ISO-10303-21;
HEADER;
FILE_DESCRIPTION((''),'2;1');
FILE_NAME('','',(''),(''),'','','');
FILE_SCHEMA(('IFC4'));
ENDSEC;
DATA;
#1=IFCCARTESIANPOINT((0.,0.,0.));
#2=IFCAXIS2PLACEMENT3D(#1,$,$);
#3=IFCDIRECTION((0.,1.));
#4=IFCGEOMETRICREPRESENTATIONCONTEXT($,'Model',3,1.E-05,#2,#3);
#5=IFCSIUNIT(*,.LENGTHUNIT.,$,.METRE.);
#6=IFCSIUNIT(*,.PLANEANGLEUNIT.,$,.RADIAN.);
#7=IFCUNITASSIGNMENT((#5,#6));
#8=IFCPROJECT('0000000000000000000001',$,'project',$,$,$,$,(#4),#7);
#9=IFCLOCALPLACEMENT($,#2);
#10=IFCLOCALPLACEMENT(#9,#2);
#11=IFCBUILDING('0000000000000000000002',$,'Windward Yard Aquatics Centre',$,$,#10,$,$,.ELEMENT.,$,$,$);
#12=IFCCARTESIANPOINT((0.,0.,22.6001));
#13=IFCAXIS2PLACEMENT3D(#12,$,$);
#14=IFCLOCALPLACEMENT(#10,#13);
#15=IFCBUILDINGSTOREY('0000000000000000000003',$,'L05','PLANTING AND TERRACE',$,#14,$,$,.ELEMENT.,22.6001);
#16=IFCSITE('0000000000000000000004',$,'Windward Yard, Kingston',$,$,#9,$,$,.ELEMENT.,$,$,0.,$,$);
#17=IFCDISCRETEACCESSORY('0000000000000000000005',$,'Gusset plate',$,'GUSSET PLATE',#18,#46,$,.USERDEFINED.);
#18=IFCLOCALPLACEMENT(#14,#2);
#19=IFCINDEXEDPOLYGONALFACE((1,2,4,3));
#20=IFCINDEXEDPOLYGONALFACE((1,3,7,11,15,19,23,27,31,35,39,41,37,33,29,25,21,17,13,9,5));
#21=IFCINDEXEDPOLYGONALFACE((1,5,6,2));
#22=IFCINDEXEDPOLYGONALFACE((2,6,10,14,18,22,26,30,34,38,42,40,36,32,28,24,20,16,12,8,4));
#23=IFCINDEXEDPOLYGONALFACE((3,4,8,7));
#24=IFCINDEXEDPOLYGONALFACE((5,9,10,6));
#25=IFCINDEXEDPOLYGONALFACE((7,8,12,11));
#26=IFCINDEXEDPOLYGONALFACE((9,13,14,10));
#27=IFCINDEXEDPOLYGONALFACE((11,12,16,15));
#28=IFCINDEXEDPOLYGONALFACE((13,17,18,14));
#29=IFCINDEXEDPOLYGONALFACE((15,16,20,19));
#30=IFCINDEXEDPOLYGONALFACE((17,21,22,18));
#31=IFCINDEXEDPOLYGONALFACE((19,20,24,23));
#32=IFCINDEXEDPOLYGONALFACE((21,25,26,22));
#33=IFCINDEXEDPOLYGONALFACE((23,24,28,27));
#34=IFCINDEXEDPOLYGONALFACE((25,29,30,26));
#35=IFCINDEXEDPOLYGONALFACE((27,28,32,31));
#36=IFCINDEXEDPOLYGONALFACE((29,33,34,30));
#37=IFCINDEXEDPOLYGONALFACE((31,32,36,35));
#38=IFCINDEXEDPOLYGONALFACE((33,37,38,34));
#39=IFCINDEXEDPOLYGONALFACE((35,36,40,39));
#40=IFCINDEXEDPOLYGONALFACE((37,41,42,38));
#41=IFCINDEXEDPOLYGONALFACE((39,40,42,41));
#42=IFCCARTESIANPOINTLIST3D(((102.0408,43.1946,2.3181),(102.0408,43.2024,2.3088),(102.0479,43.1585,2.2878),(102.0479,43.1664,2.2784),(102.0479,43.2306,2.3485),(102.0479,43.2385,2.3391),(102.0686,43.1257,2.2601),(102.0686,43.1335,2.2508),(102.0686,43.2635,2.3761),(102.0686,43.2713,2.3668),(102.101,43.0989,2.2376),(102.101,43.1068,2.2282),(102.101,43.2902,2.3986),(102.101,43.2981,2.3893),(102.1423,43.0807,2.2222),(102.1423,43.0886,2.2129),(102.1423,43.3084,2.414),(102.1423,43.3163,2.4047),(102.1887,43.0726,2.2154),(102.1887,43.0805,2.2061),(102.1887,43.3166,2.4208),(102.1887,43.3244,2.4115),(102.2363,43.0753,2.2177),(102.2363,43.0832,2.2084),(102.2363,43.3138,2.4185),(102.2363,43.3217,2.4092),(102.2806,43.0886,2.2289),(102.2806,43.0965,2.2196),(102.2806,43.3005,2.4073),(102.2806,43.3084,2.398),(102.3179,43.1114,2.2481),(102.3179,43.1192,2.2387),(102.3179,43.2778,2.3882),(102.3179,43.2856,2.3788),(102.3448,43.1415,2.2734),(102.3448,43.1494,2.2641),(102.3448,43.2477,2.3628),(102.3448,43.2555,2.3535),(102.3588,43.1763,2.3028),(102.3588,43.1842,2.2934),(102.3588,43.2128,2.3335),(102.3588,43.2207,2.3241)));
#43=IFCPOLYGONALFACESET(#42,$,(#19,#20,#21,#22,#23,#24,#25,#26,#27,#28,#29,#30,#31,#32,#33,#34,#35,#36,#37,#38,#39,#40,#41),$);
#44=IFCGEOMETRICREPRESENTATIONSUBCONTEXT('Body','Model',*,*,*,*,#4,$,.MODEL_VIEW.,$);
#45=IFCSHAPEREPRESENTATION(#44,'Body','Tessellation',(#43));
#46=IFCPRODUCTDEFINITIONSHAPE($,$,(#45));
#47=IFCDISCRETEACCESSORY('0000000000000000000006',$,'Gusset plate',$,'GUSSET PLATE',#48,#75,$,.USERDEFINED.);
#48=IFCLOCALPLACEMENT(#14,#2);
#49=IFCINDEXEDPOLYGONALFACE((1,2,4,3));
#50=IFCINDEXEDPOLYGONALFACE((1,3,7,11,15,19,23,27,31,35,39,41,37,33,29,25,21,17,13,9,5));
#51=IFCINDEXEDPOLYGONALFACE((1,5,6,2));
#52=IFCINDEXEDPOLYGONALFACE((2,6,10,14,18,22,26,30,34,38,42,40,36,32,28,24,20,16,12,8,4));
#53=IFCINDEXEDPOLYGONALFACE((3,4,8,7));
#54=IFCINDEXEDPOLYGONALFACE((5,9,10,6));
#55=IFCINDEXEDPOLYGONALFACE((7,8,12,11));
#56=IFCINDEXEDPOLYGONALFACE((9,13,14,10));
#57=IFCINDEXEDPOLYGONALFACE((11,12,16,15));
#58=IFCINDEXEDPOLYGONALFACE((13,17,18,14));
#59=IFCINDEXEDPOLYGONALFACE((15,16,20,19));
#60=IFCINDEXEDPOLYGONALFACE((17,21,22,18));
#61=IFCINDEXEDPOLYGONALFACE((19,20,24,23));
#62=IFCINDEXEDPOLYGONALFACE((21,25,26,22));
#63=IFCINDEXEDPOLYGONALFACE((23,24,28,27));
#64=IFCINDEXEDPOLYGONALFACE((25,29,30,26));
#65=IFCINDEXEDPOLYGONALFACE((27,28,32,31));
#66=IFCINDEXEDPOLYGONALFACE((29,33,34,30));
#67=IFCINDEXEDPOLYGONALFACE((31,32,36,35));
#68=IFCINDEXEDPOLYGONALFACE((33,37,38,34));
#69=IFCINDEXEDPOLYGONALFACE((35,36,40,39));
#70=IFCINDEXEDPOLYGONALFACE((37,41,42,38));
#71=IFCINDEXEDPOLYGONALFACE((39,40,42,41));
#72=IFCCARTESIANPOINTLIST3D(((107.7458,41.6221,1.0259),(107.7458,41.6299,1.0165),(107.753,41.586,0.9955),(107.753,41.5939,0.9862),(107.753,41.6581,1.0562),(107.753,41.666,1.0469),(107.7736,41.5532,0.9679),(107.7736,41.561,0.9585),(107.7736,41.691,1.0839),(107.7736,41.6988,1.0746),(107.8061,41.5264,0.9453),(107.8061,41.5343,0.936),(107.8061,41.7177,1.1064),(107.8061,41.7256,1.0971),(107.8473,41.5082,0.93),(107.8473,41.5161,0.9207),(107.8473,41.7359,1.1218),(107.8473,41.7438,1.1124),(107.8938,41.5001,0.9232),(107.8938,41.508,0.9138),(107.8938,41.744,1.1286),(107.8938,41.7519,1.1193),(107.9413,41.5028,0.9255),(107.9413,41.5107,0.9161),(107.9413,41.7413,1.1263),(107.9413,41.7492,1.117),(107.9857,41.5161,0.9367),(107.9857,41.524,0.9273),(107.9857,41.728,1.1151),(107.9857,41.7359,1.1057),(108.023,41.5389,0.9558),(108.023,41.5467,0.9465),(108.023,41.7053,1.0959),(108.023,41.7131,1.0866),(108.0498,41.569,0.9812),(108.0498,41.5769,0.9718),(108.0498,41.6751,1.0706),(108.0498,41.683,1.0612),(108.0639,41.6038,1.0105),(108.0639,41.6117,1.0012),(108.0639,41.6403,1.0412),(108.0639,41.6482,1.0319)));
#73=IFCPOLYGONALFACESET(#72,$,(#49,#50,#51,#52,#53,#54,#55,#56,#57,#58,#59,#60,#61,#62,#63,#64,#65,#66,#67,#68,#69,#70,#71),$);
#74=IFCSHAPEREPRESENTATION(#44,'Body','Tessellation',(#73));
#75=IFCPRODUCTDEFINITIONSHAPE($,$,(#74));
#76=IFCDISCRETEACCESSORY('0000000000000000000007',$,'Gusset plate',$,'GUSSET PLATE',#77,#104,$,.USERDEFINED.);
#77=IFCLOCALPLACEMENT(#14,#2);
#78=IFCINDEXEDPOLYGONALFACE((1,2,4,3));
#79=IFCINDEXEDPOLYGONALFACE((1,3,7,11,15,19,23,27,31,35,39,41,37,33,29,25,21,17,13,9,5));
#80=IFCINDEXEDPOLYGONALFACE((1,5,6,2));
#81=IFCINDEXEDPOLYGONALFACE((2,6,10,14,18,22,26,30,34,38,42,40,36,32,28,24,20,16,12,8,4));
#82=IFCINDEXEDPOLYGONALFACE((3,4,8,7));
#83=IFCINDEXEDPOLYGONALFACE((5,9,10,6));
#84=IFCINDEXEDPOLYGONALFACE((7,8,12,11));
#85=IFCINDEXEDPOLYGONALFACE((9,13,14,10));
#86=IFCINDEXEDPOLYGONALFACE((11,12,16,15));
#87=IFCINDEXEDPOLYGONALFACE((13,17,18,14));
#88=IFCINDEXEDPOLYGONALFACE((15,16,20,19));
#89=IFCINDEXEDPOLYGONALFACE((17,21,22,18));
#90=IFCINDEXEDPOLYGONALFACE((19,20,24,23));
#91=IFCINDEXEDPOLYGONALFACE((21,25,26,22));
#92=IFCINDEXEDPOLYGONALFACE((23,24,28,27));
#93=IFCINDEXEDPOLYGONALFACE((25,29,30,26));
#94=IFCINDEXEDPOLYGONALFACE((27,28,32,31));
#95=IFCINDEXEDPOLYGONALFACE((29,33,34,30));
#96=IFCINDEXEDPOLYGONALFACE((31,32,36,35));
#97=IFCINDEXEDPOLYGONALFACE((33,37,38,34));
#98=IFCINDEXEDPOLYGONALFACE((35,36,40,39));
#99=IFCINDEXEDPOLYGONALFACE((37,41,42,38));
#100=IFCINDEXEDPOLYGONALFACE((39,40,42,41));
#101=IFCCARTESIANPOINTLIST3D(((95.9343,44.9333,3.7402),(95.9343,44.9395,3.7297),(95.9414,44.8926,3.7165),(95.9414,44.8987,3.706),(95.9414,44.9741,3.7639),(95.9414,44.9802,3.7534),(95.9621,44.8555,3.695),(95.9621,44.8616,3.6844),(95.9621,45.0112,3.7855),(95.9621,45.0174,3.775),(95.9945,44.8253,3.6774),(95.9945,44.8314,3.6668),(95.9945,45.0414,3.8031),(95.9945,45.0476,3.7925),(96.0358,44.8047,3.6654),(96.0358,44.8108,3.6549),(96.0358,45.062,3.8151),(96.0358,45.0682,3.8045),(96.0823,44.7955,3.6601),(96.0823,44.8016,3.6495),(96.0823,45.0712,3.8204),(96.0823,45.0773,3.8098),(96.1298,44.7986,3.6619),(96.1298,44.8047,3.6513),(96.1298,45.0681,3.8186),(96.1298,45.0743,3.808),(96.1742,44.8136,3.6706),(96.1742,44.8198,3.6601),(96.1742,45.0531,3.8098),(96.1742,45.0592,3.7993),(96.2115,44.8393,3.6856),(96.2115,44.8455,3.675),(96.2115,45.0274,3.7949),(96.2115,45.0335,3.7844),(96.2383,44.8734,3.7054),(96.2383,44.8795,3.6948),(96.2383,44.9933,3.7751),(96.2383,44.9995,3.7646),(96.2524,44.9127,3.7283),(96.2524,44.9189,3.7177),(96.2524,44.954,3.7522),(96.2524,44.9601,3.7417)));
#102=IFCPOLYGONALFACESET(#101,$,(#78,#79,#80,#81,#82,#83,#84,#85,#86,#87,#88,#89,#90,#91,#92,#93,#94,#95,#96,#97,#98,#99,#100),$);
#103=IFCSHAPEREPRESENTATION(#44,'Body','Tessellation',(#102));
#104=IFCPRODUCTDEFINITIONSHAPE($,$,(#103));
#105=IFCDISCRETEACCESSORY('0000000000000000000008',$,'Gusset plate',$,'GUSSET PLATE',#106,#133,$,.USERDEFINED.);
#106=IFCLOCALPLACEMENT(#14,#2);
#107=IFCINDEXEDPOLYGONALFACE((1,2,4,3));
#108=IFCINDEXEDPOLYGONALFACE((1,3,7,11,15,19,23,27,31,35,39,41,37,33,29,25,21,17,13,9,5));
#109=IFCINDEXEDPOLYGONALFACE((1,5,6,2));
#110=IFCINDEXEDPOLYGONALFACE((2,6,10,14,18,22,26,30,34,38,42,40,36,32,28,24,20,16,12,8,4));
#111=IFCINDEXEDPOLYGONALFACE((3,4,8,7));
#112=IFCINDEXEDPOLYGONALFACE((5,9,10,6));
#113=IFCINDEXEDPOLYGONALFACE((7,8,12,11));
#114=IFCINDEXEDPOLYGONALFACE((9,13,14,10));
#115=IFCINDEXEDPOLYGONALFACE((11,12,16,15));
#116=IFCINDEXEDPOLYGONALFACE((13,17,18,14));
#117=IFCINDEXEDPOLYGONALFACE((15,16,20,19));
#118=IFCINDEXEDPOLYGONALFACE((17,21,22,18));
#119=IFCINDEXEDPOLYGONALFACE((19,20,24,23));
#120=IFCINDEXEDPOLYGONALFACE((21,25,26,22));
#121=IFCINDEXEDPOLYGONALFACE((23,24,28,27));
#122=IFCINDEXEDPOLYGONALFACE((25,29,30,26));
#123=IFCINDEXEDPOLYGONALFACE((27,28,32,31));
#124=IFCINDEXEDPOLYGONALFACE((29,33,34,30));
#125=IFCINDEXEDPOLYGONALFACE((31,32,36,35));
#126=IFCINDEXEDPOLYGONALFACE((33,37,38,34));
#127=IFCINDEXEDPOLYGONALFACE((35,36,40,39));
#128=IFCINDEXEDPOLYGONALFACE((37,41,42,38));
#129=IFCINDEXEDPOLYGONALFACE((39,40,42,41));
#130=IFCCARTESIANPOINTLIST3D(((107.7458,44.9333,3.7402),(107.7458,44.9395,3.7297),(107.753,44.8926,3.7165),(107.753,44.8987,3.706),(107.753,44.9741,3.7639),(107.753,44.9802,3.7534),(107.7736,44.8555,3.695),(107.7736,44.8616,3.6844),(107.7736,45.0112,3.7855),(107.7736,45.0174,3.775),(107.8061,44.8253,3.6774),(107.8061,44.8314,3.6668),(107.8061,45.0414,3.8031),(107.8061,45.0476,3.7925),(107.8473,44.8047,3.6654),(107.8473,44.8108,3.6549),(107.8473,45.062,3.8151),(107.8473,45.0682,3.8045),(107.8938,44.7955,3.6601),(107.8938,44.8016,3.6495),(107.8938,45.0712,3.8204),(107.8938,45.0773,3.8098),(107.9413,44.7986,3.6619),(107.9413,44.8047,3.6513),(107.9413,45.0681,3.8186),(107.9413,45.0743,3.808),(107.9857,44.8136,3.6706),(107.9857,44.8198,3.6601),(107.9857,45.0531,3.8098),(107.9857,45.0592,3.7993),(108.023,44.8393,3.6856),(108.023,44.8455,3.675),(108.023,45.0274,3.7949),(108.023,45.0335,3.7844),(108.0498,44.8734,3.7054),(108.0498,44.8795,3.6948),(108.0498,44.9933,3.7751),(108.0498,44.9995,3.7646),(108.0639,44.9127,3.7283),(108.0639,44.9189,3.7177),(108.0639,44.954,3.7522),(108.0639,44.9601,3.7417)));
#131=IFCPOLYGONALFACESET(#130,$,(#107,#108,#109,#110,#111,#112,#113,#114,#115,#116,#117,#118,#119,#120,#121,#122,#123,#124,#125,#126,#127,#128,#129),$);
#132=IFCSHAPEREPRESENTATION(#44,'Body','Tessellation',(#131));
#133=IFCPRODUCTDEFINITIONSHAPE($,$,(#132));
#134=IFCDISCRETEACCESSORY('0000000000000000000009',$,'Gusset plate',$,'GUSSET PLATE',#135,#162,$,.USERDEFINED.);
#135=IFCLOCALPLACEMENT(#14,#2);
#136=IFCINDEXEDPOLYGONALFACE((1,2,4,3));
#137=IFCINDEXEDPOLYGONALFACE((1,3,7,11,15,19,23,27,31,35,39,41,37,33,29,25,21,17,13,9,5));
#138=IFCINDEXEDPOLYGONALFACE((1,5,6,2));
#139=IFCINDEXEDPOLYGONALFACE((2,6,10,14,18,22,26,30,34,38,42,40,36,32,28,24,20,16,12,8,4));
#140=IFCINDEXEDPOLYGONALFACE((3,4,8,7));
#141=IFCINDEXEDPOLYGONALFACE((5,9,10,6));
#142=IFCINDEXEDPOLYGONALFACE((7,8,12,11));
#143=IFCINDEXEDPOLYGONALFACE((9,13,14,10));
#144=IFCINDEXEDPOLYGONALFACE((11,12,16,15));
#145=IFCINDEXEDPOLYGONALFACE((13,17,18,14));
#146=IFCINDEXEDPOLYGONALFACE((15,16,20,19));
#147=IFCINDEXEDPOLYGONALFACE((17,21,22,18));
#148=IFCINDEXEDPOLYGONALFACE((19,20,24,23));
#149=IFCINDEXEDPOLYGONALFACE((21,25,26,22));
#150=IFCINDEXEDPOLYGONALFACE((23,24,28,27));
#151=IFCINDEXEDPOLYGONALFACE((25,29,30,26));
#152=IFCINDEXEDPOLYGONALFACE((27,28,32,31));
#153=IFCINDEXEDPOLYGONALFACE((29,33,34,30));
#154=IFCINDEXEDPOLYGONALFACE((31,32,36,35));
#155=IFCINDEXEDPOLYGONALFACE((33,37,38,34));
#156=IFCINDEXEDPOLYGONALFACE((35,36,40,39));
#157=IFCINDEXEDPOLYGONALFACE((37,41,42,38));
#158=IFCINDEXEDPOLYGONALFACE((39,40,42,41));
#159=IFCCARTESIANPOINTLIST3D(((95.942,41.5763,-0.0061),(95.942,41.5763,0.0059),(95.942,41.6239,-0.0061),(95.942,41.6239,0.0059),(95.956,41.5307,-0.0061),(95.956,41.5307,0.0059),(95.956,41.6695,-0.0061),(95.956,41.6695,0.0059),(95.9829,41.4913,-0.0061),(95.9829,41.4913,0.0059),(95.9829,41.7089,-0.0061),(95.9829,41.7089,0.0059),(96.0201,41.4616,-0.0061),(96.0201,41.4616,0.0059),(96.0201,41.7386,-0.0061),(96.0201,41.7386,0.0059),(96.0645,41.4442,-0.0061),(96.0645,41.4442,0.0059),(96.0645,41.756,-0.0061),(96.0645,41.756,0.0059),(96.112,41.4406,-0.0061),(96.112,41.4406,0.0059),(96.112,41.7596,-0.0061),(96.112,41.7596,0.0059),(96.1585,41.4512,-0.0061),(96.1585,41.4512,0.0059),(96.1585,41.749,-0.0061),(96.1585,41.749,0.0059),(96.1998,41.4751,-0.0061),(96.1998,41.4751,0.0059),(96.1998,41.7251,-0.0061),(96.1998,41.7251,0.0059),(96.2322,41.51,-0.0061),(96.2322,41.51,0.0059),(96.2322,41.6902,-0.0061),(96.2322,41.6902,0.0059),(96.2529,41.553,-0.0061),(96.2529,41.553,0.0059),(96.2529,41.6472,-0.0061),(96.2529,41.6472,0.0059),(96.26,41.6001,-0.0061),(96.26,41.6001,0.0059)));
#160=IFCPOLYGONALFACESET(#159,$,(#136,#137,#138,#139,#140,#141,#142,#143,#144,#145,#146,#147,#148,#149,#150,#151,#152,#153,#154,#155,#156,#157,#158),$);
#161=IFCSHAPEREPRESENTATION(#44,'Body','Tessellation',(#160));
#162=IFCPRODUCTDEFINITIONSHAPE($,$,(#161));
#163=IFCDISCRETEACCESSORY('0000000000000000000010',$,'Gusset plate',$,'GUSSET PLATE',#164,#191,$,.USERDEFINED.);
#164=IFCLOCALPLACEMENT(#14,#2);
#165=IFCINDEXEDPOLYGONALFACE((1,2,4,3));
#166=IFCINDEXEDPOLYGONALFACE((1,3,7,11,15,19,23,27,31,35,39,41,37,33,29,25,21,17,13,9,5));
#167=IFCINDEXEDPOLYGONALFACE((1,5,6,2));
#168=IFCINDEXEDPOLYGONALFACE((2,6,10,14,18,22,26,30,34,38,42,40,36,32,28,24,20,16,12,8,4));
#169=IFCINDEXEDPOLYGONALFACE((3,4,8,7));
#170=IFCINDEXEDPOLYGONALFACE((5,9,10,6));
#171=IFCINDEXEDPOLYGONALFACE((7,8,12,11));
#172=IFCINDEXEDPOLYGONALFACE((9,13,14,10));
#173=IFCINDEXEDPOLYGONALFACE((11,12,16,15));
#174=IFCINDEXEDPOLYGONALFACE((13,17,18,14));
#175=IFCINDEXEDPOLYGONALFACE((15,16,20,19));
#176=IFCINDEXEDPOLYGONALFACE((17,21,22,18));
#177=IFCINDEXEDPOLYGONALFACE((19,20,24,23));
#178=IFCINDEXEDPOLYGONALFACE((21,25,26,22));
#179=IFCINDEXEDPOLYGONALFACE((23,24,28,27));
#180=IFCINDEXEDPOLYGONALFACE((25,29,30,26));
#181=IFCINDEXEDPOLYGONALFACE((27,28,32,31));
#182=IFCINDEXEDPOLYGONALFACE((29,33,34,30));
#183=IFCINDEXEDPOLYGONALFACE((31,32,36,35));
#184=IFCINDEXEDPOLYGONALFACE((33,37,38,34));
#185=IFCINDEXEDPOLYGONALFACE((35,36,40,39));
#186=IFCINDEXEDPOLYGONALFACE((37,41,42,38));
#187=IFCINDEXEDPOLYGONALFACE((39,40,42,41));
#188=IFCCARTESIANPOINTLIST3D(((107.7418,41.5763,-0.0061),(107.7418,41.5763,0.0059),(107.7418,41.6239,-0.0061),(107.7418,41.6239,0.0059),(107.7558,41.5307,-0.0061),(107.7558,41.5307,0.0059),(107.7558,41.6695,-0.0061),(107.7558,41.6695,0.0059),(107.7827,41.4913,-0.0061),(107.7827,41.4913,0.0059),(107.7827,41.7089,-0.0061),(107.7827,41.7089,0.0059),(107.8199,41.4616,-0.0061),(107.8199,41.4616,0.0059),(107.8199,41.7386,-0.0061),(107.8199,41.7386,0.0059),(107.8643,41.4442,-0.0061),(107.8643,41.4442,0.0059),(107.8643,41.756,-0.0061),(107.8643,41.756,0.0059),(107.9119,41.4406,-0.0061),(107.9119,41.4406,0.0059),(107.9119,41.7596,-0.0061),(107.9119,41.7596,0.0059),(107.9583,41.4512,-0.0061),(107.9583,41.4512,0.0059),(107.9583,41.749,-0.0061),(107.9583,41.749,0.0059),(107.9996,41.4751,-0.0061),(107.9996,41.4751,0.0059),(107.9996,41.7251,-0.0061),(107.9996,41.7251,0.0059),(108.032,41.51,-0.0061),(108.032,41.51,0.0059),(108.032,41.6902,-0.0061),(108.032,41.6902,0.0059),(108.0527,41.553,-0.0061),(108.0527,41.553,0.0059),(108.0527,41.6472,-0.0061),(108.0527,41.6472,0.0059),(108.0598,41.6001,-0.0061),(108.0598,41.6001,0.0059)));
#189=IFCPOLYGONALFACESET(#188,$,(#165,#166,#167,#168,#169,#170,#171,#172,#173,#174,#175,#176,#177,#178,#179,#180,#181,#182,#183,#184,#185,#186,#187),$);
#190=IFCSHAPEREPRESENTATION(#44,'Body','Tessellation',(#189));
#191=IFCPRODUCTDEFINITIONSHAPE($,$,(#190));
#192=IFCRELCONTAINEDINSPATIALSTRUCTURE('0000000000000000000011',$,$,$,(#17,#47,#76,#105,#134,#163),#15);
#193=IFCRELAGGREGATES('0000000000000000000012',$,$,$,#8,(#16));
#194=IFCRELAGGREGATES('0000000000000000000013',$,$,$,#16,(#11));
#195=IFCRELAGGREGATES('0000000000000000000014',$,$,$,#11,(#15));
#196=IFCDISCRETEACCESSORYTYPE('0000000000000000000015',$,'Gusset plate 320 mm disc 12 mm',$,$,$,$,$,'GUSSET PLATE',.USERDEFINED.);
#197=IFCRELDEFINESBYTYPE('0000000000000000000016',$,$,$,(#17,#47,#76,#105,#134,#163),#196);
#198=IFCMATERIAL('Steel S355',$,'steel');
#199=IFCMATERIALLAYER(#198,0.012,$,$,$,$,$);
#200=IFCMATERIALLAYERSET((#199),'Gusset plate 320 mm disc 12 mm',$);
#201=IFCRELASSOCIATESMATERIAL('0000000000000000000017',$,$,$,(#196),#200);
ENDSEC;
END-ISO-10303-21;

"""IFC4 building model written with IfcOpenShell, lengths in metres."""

from ifc_helpers import new_model, si_unit, direction, frame, origin, origin_2d, place, context, subcontext, project, spatial, circle, extrude, material, layer, layer_set, type_object, element, save


model = new_model("IFC4")

# Units and contexts
model_context = context("Model", 3, precision=1e-05, world=origin(), true_north=direction((0.0, 1.0)))
body_context = subcontext(model_context, "Body", "Model", "MODEL_VIEW")
ifc_project = project(units=[si_unit("LENGTHUNIT", "METRE"), si_unit("PLANEANGLEUNIT", "RADIAN")], contexts=[model_context])

# Site, building, storey
site_placement = place(None, origin())
site = spatial("IfcSite", under=ifc_project, at=site_placement, Name="Windward Yard, Kingston", CompositionType="ELEMENT", RefElevation=0.0)
building_placement = place(site_placement, origin())
building = spatial("IfcBuilding", under=site, at=building_placement, Name="Windward Yard Aquatics Centre", CompositionType="ELEMENT")
storey_placement = place(building_placement, frame((0.0, 0.0, 22.6001)))
storey = spatial("IfcBuildingStorey", under=building, at=storey_placement, Name="L05", Description="PLANTING AND TERRACE", CompositionType="ELEMENT", Elevation=22.6001)

# Discrete accessories
ifc_material_1 = material(Name="Steel S355", Category="steel")
ifc_layer = layer(ifc_material_1, 0.012)
ifc_layer_set = layer_set([ifc_layer], Name="Gusset plate 320 mm disc 12 mm")
discrete_accessory_type = type_object("IfcDiscreteAccessoryType", Name="Gusset plate 320 mm disc 12 mm", ElementType="GUSSET PLATE", PredefinedType="USERDEFINED", material=ifc_layer_set)
for number, where, z_axis, x_axis, name in (
    (1, (102.2007, 43.1946, 2.3181), (0.0, 0.644136, -0.764911), (-1.0, 0.0, 0.0), "Gusset plate"),
    (2, (107.9058, 41.6221, 1.0259), (0.0, 0.644136, -0.764911), (-1.0, 0.0, 0.0), "Gusset plate"),
    (3, (96.0942, 44.9333, 3.7402), (0.0, 0.50262, -0.864507), (-1.0, 0.0, 0.0), "Gusset plate"),
    (4, (107.9058, 44.9333, 3.7402), (0.0, 0.50262, -0.864507), (-1.0, 0.0, 0.0), "Gusset plate"),
):
    element("IfcDiscreteAccessory", number, at=place(storey_placement, frame(where, z_axis=z_axis, x_axis=x_axis)), inside=storey, type_object=discrete_accessory_type, Name=name, ObjectType="GUSSET PLATE", PredefinedType="USERDEFINED", context=body_context, shape_type="SweptSolid", body=[
        extrude(circle(Radius=0.1599, at=origin_2d()), origin(), (0.0, 0.0, 1.0), 0.0122),
    ])
for number, where, z_axis, x_axis, name in (
    (5, (96.1001, 41.6001, -0.0061), (0.0, 0.0, 1.0), (1.0, 0.0, 0.0), "Gusset plate"),
    (6, (107.8999, 41.6001, -0.0061), (0.0, 0.0, 1.0), (1.0, 0.0, 0.0), "Gusset plate"),
):
    element("IfcDiscreteAccessory", number, at=place(storey_placement, frame(where, z_axis=z_axis, x_axis=x_axis)), inside=storey, type_object=discrete_accessory_type, Name=name, ObjectType="GUSSET PLATE", PredefinedType="USERDEFINED", context=body_context, shape_type="SweptSolid", body=[
        extrude(circle(Radius=0.1599, at=origin_2d()), origin(), (0.0, 0.0, 1.0), 0.012),
    ])

save(model, "model.ifc")
